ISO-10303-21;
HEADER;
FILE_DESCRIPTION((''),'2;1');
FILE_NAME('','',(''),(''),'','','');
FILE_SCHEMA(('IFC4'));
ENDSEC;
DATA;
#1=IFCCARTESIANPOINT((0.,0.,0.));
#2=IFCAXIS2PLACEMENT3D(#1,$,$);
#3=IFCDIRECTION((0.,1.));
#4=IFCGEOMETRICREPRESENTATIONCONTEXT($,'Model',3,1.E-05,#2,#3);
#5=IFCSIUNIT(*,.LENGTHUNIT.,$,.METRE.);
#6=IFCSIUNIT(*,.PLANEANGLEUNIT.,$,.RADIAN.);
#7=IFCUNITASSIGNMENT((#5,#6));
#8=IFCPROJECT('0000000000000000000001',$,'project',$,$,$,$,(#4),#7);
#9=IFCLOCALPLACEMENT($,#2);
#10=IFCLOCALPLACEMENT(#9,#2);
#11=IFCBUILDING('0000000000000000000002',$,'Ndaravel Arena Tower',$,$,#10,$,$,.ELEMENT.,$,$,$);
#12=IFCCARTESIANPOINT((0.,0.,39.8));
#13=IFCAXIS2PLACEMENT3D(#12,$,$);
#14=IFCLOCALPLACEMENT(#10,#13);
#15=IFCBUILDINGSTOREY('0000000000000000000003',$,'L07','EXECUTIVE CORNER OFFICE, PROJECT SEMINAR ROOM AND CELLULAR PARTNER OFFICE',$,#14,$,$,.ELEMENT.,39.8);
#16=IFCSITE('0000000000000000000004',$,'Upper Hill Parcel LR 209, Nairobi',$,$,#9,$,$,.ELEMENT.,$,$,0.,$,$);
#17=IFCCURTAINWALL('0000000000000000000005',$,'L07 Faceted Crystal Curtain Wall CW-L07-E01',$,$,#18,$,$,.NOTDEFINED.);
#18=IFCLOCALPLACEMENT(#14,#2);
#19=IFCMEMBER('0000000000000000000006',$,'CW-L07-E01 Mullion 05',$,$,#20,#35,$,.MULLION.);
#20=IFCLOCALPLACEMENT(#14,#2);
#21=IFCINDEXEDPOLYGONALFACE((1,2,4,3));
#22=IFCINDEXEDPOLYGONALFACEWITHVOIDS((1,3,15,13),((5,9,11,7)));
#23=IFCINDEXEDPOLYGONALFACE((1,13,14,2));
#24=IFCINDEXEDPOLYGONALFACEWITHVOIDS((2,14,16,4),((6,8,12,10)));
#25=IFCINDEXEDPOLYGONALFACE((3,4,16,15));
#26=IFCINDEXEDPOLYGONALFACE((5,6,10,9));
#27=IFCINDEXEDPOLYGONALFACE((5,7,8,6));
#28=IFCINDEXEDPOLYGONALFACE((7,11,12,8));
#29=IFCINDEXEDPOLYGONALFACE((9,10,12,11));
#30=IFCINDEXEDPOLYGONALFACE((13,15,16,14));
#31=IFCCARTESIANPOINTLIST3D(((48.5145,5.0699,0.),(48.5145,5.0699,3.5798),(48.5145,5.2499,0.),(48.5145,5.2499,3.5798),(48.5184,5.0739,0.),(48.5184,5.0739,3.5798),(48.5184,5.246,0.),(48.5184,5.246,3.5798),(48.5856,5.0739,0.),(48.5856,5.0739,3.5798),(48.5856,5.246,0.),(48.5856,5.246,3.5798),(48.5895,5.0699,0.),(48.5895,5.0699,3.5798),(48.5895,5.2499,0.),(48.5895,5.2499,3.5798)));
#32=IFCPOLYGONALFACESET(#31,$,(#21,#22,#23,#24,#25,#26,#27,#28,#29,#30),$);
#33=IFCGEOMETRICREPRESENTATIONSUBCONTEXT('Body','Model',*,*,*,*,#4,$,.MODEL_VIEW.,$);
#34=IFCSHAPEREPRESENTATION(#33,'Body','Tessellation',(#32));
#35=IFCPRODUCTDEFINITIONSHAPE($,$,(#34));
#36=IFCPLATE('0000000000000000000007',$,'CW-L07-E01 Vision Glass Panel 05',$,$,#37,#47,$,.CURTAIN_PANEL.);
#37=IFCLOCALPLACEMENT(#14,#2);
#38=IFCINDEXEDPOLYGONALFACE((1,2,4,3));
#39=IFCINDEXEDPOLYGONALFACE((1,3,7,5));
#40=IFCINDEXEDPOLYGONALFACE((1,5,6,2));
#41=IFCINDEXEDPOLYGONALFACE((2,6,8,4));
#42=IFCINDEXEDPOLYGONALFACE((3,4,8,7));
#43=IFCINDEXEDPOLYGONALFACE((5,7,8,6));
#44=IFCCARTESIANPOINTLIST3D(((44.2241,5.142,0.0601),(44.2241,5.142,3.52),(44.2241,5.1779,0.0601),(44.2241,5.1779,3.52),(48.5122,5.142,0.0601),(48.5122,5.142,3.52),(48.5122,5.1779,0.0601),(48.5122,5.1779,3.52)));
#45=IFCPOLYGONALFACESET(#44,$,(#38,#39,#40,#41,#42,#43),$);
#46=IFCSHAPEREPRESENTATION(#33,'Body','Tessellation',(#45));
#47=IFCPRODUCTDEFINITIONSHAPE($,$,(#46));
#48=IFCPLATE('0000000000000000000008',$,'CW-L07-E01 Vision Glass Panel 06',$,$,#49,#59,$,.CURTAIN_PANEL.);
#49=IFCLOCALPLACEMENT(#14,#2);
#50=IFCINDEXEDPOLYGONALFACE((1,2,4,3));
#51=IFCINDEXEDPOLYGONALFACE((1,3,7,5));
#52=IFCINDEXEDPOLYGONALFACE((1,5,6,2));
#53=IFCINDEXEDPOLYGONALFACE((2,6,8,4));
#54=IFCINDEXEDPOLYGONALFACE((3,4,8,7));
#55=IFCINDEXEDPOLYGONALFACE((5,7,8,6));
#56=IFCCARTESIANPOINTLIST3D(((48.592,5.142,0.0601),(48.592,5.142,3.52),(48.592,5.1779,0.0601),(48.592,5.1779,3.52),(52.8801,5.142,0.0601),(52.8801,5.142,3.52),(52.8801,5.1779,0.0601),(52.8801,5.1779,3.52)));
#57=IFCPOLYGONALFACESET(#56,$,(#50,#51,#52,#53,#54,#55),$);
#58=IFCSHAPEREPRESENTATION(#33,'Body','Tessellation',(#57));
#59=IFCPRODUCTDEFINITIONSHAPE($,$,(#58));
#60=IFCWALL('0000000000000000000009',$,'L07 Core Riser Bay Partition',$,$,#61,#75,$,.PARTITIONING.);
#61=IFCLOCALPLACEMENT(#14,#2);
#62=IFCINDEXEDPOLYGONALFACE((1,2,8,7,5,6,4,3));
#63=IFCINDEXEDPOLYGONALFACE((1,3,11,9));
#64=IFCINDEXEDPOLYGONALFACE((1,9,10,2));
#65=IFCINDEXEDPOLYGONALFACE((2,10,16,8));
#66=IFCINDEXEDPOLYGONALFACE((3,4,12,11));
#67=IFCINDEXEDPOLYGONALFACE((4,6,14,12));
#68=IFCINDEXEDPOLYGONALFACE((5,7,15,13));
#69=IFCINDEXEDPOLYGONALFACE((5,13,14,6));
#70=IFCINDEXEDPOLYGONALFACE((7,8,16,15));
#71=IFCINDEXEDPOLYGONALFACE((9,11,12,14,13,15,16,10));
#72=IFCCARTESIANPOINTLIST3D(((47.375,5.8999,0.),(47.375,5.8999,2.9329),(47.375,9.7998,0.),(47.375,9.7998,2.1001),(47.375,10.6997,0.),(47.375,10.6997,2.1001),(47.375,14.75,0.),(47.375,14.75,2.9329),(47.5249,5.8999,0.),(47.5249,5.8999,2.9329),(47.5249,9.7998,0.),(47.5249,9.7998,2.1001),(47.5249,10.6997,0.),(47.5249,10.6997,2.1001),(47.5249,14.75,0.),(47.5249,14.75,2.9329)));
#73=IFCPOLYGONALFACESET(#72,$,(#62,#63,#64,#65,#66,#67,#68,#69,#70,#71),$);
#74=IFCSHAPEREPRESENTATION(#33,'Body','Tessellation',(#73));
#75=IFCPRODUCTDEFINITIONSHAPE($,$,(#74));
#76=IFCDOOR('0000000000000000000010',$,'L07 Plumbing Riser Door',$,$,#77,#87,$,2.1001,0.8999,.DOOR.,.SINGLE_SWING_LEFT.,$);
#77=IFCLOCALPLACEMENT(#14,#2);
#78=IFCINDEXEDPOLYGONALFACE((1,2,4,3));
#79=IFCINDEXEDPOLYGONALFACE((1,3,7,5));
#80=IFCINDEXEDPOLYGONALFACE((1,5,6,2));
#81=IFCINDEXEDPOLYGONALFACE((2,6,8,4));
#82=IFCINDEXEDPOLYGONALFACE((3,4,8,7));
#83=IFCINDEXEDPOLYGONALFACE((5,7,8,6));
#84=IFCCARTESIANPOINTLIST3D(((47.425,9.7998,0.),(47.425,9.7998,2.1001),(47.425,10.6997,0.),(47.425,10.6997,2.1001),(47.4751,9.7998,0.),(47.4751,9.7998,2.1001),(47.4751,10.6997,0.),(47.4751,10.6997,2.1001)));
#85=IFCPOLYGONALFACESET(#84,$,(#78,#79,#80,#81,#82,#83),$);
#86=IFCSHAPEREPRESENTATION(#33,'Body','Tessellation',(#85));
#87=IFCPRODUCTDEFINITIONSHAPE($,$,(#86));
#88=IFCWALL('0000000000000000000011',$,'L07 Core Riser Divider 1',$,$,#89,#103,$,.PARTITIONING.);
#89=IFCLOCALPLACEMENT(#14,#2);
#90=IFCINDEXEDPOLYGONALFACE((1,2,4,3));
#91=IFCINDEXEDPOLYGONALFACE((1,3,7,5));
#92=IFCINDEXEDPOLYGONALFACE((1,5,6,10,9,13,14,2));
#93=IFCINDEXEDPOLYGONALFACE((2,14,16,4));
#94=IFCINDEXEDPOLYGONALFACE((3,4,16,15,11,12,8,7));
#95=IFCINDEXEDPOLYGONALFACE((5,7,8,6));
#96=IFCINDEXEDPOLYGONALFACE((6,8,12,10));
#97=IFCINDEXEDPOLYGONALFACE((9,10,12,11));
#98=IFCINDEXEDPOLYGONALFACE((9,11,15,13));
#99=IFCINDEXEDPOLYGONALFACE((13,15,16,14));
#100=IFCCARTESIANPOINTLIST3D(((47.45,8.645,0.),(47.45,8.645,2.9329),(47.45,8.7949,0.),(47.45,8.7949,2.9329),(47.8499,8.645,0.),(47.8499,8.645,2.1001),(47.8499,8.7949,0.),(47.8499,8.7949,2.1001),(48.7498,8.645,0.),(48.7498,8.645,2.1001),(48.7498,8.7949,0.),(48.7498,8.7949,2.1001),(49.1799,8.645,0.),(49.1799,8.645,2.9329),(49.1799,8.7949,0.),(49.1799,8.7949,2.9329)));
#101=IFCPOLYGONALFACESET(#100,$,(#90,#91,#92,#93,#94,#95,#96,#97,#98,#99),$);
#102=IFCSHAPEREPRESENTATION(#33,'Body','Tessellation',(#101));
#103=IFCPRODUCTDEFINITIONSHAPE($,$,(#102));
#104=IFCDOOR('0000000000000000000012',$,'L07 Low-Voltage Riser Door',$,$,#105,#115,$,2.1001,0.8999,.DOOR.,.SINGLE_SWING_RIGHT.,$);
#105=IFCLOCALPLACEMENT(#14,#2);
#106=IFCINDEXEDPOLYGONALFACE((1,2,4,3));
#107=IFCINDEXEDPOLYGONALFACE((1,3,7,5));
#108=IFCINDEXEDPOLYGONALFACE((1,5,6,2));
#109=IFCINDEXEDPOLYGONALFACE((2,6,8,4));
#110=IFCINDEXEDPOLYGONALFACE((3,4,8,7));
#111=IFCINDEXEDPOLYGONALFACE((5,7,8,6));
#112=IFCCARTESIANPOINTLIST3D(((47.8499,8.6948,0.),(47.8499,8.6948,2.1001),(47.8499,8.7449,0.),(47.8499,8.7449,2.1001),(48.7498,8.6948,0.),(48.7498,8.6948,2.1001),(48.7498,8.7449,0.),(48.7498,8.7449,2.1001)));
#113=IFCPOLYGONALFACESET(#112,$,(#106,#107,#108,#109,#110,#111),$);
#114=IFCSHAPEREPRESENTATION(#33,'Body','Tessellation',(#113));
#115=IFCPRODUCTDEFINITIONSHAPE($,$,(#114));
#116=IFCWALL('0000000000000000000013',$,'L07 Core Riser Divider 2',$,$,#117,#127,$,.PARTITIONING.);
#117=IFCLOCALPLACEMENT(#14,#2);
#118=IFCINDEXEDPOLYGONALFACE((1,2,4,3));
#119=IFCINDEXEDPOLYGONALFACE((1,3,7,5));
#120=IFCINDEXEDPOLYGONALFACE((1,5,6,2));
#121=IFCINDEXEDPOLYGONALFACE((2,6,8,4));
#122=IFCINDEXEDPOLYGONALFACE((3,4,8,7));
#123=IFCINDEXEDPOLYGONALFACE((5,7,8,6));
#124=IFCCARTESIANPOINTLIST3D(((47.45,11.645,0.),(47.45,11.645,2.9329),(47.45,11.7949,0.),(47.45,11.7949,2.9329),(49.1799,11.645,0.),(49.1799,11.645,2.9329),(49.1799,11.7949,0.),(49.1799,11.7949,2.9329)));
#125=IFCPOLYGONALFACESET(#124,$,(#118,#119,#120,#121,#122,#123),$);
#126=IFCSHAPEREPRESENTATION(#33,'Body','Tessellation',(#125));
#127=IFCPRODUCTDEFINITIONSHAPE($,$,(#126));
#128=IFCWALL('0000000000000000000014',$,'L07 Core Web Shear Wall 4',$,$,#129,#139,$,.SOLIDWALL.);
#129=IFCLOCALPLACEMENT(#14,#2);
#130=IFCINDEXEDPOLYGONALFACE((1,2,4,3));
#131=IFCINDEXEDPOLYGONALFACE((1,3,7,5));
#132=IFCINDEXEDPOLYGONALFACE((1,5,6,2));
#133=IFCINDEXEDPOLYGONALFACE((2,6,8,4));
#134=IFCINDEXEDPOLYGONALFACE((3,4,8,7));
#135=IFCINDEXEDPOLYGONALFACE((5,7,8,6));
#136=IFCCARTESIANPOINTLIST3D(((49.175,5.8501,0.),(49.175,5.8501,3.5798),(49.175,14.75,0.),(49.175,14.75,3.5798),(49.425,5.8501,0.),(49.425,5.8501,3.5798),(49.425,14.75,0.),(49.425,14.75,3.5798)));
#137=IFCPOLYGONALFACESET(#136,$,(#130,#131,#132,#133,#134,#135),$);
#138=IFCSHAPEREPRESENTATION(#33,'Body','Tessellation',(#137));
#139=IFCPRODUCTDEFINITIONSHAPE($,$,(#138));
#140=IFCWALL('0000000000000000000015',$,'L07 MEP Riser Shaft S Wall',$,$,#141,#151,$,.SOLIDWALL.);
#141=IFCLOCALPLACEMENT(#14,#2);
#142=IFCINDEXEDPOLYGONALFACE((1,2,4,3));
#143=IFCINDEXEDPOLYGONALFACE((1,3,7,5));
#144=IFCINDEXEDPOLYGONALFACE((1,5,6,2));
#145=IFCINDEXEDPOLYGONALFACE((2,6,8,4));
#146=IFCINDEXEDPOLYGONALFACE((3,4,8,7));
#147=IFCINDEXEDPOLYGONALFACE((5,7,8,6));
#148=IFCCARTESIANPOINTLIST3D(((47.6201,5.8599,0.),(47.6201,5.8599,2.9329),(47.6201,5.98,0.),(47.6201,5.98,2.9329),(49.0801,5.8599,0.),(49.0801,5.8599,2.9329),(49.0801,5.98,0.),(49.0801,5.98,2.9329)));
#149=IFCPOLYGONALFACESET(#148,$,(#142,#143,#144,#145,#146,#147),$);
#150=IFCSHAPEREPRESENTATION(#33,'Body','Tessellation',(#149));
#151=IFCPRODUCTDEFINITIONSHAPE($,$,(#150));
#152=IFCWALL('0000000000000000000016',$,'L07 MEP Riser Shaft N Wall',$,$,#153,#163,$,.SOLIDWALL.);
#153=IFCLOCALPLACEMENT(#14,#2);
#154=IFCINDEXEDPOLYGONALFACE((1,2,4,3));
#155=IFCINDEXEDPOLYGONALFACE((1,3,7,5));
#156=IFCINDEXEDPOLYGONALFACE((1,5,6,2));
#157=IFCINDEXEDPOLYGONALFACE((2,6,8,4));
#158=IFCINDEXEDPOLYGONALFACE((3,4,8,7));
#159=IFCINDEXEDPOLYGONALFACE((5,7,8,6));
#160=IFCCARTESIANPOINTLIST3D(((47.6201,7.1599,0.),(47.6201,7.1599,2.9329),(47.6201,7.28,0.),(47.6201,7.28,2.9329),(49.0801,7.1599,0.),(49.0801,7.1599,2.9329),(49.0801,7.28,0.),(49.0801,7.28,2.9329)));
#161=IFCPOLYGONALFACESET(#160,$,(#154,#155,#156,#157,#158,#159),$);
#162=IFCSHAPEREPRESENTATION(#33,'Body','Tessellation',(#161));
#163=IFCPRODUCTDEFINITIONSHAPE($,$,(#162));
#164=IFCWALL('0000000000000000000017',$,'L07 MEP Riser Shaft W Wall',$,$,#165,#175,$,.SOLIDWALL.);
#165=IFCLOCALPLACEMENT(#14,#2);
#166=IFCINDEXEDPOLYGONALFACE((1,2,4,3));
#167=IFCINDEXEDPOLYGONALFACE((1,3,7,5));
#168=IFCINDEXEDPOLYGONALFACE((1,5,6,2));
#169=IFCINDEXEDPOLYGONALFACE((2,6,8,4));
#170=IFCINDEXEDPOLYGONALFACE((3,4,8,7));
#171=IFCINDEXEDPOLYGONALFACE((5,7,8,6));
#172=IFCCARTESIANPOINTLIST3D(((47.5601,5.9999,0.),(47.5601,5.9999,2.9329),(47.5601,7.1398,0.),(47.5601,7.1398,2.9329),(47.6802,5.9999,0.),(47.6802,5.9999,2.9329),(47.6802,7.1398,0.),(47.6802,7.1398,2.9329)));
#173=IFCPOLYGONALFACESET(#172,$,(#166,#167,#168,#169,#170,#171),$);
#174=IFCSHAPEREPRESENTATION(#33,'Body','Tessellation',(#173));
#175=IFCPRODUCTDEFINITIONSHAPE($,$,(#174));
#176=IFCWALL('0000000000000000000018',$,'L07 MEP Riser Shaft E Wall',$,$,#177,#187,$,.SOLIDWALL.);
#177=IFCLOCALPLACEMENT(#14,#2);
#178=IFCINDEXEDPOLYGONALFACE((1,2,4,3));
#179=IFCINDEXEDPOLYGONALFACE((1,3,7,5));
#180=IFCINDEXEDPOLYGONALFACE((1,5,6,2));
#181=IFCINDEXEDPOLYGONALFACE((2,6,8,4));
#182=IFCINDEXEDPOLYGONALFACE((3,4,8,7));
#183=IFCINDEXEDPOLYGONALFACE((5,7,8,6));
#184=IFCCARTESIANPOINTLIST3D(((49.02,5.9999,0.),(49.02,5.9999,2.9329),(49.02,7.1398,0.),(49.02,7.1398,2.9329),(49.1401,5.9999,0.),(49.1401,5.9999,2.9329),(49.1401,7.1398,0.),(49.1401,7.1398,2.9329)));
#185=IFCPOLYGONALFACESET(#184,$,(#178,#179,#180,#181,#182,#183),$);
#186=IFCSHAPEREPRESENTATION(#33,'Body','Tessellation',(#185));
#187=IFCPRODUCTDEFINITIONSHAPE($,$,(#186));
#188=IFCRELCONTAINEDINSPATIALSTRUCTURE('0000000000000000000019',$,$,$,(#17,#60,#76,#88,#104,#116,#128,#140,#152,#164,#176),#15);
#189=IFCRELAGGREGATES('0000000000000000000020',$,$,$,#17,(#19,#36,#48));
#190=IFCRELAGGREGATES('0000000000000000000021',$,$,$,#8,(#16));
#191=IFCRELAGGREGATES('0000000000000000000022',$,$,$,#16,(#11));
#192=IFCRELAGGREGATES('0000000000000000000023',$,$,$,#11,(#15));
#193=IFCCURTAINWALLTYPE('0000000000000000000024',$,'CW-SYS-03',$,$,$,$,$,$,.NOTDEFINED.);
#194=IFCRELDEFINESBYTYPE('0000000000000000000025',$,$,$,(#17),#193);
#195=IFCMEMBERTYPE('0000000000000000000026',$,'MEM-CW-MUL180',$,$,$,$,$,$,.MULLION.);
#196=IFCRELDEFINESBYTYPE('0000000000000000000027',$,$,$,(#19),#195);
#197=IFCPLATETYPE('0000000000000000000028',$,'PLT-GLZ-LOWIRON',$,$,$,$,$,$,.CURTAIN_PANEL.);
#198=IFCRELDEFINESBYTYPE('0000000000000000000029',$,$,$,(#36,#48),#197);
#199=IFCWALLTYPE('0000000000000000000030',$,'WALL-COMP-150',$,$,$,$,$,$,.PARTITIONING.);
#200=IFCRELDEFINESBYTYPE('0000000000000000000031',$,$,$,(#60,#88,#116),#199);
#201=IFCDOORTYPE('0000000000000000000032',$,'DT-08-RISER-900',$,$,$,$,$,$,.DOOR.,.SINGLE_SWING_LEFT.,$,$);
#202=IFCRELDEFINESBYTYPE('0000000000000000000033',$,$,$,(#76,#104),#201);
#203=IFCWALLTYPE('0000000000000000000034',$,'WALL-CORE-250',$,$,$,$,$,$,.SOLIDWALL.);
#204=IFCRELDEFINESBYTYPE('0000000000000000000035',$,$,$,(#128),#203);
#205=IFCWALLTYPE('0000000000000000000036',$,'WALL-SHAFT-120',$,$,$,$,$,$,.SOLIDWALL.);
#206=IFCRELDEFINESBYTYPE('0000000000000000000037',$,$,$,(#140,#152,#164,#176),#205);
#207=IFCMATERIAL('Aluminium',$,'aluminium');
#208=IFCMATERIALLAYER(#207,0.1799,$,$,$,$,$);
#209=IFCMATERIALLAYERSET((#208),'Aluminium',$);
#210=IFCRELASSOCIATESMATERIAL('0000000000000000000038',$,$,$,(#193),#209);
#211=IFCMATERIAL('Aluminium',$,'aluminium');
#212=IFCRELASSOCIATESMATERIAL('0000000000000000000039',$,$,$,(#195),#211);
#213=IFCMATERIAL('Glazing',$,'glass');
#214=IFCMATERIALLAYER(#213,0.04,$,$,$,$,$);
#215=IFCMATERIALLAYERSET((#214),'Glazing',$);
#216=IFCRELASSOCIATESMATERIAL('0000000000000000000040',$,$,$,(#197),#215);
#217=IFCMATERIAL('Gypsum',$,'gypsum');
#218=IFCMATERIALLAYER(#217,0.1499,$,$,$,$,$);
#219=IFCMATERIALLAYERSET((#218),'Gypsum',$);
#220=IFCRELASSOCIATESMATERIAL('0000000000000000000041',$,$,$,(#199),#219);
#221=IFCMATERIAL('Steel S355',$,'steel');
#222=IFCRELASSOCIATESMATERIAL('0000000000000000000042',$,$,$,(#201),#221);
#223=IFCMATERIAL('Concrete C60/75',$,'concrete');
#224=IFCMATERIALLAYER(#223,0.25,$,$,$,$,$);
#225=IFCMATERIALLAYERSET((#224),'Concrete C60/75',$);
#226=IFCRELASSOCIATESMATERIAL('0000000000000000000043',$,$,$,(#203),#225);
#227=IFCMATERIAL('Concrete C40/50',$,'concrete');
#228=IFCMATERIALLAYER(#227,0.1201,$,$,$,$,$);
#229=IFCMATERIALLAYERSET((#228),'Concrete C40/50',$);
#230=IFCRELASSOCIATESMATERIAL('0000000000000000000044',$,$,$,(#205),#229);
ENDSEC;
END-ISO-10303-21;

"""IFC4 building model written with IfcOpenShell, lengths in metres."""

from ifc_helpers import new_model, si_unit, direction, frame, frame_2d, origin, origin_2d, place, context, subcontext, project, spatial, rectangle, hollow_rectangle, extrude, material, layer, layer_set, material_profile, profile_set, type_object, element, fill, aggregate, save


model = new_model("IFC4")

# Units and contexts
model_context = context("Model", 3, precision=1e-05, world=origin(), true_north=direction((0.0, 1.0)))
body_context = subcontext(model_context, "Body", "Model", "MODEL_VIEW")
ifc_project = project(units=[si_unit("LENGTHUNIT", "METRE"), si_unit("PLANEANGLEUNIT", "RADIAN")], contexts=[model_context])

# Site, building, storey
site_placement = place(None, origin())
site = spatial("IfcSite", under=ifc_project, at=site_placement, Name="Upper Hill Parcel LR 209, Nairobi", CompositionType="ELEMENT", RefElevation=0.0)
building_placement = place(site_placement, origin())
building = spatial("IfcBuilding", under=site, at=building_placement, Name="Ndaravel Arena Tower", CompositionType="ELEMENT")
storey_placement = place(building_placement, frame((0.0, 0.0, 39.8)))
storey = spatial("IfcBuildingStorey", under=building, at=storey_placement, Name="L07", Description="EXECUTIVE CORNER OFFICE, PROJECT SEMINAR ROOM AND CELLULAR PARTNER OFFICE", CompositionType="ELEMENT", Elevation=39.8)

# Curtain wall, member, plates
ifc_material_1 = material(Name="Aluminium", Category="aluminium")
ifc_layer_1 = layer(ifc_material_1, 0.1799)
ifc_layer_set_1 = layer_set([ifc_layer_1], Name="Aluminium")
curtain_wall_type = type_object("IfcCurtainWallType", Name="CW-SYS-03", PredefinedType="NOTDEFINED", material=ifc_layer_set_1)
curtain_wall_placement = place(storey_placement, origin())
curtain_wall = element("IfcCurtainWall", 1, at=curtain_wall_placement, inside=storey, type_object=curtain_wall_type, Name="L07 Faceted Crystal Curtain Wall CW-L07-E01", PredefinedType="NOTDEFINED")
ifc_material_2 = material(Name="Aluminium", Category="aluminium")
ifc_material_profile = material_profile(ifc_material_2, hollow_rectangle(XDim=0.075, YDim=0.1799, WallThickness=0.0039, at=origin_2d()), Name="CW MULLION 75x180x4")
ifc_profile_set = profile_set([ifc_material_profile], Name="Aluminium")
member_type = type_object("IfcMemberType", Name="MEM-CW-MUL180", PredefinedType="MULLION", material=ifc_profile_set)
member_placement = place(storey_placement, frame((48.552, 5.1599, 0.0), z_axis=(0.0, 0.0, 1.0), x_axis=(1.0, 0.0, 0.0)))
member = element("IfcMember", 2, at=member_placement, type_object=member_type, Name="CW-L07-E01 Mullion 05", PredefinedType="MULLION", context=body_context, shape_type="SweptSolid", body=[
    extrude(hollow_rectangle(XDim=0.075, YDim=0.1799, WallThickness=0.0039, at=origin_2d()), origin(), (0.0, 0.0, 1.0), 3.5798),
])
ifc_material_3 = material(Name="Glazing", Category="glass")
ifc_layer_2 = layer(ifc_material_3, 0.04)
ifc_layer_set_2 = layer_set([ifc_layer_2], Name="Glazing")
plate_type = type_object("IfcPlateType", Name="PLT-GLZ-LOWIRON", PredefinedType="CURTAIN_PANEL", material=ifc_layer_set_2)
plate_1_placement = place(storey_placement, frame((46.3682, 5.1599, 0.0601), z_axis=(0.0, 0.0, 1.0), x_axis=(1.0, 0.0, 0.0)))
plate_1 = element("IfcPlate", 3, at=plate_1_placement, type_object=plate_type, Name="CW-L07-E01 Vision Glass Panel 05", PredefinedType="CURTAIN_PANEL", context=body_context, shape_type="SweptSolid", body=[
    extrude(rectangle(XDim=4.2881, YDim=0.0359, at=origin_2d()), origin(), (0.0, 0.0, 1.0), 3.46),
])
plate_2_placement = place(storey_placement, frame((50.7361, 5.1599, 0.0601), z_axis=(0.0, 0.0, 1.0), x_axis=(1.0, 0.0, 0.0)))
plate_2 = element("IfcPlate", 4, at=plate_2_placement, type_object=plate_type, Name="CW-L07-E01 Vision Glass Panel 06", PredefinedType="CURTAIN_PANEL", context=body_context, shape_type="SweptSolid", body=[
    extrude(rectangle(XDim=4.2881, YDim=0.0359, at=origin_2d()), origin(), (0.0, 0.0, 1.0), 3.46),
])
aggregate(curtain_wall, [member, plate_1, plate_2])

# Walls, openings, doors
ifc_material_4 = material(Name="Gypsum", Category="gypsum")
ifc_layer_3 = layer(ifc_material_4, 0.1499)
ifc_layer_set_3 = layer_set([ifc_layer_3], Name="Gypsum")
wall_type_1 = type_object("IfcWallType", Name="WALL-COMP-150", PredefinedType="PARTITIONING", material=ifc_layer_set_3)
wall_1_placement = place(storey_placement, frame((47.45, 5.8999, 0.0), z_axis=(0.0, 0.0, 1.0), x_axis=(0.0, 1.0, 0.0)))
wall_1 = element("IfcWall", 5, at=wall_1_placement, inside=storey, type_object=wall_type_1, Name="L07 Core Riser Bay Partition", PredefinedType="PARTITIONING", context=body_context, shape_type="SweptSolid", body=[
    extrude(rectangle(XDim=8.8501, YDim=0.1499, at=frame_2d((4.425, 0.0))), origin(), (0.0, 0.0, 1.0), 2.9329),
])
opening_1_placement = place(wall_1_placement, frame((3.8999, 0.0, 0.0)))
opening_1 = element("IfcOpeningElement", 6, at=opening_1_placement, cuts=wall_1, PredefinedType="OPENING", context=body_context, shape_type="SweptSolid", body=[
    extrude(rectangle(XDim=0.8999, YDim=2.1001, at=frame_2d((0.45, 1.05))), frame((0.0, 0.075, 0.0), z_axis=(0.0, -1.0, 0.0), x_axis=(1.0, 0.0, 0.0)), (0.0, 0.0, 1.0), 0.1499),
])
ifc_material_5 = material(Name="Steel S355", Category="steel")
door_type_1 = type_object("IfcDoorType", Name="DT-08-RISER-900", OperationType="SINGLE_SWING_LEFT", PredefinedType="DOOR", material=ifc_material_5)
door_1_placement = place(opening_1_placement, origin())
door_1 = element("IfcDoor", 7, at=door_1_placement, inside=storey, type_object=door_type_1, Name="L07 Plumbing Riser Door", OperationType="SINGLE_SWING_LEFT", OverallHeight=2.1001, OverallWidth=0.8999, PredefinedType="DOOR", context=body_context, shape_type="SweptSolid", body=[
    extrude(rectangle(XDim=0.8999, YDim=2.1001, at=frame_2d((0.45, 1.05))), frame((0.0, 0.0249, 0.0), z_axis=(0.0, -1.0, 0.0), x_axis=(1.0, 0.0, 0.0)), (0.0, 0.0, 1.0), 0.05),
])
fill(opening_1, door_1)
wall_2_placement = place(storey_placement, frame((47.45, 8.72, 0.0), z_axis=(0.0, 0.0, 1.0), x_axis=(1.0, 0.0, 0.0)))
wall_2 = element("IfcWall", 8, at=wall_2_placement, inside=storey, type_object=wall_type_1, Name="L07 Core Riser Divider 1", PredefinedType="PARTITIONING", context=body_context, shape_type="SweptSolid", body=[
    extrude(rectangle(XDim=1.73, YDim=0.1499, at=frame_2d((0.865, 0.0))), origin(), (0.0, 0.0, 1.0), 2.9329),
])
opening_2_placement = place(wall_2_placement, frame((0.3999, 0.0, 0.0)))
opening_2 = element("IfcOpeningElement", 9, at=opening_2_placement, cuts=wall_2, PredefinedType="OPENING", context=body_context, shape_type="SweptSolid", body=[
    extrude(rectangle(XDim=0.8999, YDim=2.1001, at=frame_2d((0.45, 1.05))), frame((0.0, 0.075, 0.0), z_axis=(0.0, -1.0, 0.0), x_axis=(1.0, 0.0, 0.0)), (0.0, 0.0, 1.0), 0.1499),
])
door_2_placement = place(opening_2_placement, origin())
door_2 = element("IfcDoor", 10, at=door_2_placement, inside=storey, type_object=door_type_1, Name="L07 Low-Voltage Riser Door", OperationType="SINGLE_SWING_RIGHT", OverallHeight=2.1001, OverallWidth=0.8999, PredefinedType="DOOR", context=body_context, shape_type="SweptSolid", body=[
    extrude(rectangle(XDim=0.8999, YDim=2.1001, at=frame_2d((0.45, 1.05))), frame((0.0, 0.0249, 0.0), z_axis=(0.0, -1.0, 0.0), x_axis=(1.0, 0.0, 0.0)), (0.0, 0.0, 1.0), 0.05),
])
fill(opening_2, door_2)

# Walls
wall_3_placement = place(storey_placement, frame((47.45, 11.72, 0.0), z_axis=(0.0, 0.0, 1.0), x_axis=(1.0, 0.0, 0.0)))
element("IfcWall", 11, at=wall_3_placement, inside=storey, type_object=wall_type_1, Name="L07 Core Riser Divider 2", PredefinedType="PARTITIONING", context=body_context, shape_type="SweptSolid", body=[
    extrude(rectangle(XDim=1.73, YDim=0.1499, at=frame_2d((0.865, 0.0))), origin(), (0.0, 0.0, 1.0), 2.9329),
])
ifc_material_6 = material(Name="Concrete C60/75", Category="concrete")
ifc_layer_4 = layer(ifc_material_6, 0.25)
ifc_layer_set_4 = layer_set([ifc_layer_4], Name="Concrete C60/75")
wall_type_2 = type_object("IfcWallType", Name="WALL-CORE-250", PredefinedType="SOLIDWALL", material=ifc_layer_set_4)
wall_4_placement = place(storey_placement, frame((49.3, 5.8501, 0.0), z_axis=(0.0, 0.0, 1.0), x_axis=(0.0, 1.0, 0.0)))
element("IfcWall", 12, at=wall_4_placement, inside=storey, type_object=wall_type_2, Name="L07 Core Web Shear Wall 4", PredefinedType="SOLIDWALL", context=body_context, shape_type="SweptSolid", body=[
    extrude(rectangle(XDim=8.8999, YDim=0.25, at=frame_2d((4.45, 0.0))), origin(), (0.0, 0.0, 1.0), 3.5798),
])
ifc_material_7 = material(Name="Concrete C40/50", Category="concrete")
ifc_layer_5 = layer(ifc_material_7, 0.1201)
ifc_layer_set_5 = layer_set([ifc_layer_5], Name="Concrete C40/50")
wall_type_3 = type_object("IfcWallType", Name="WALL-SHAFT-120", PredefinedType="SOLIDWALL", material=ifc_layer_set_5)
for number, where, z_axis, x_axis, name in (
    (13, (47.6201, 5.9199, 0.0), (0.0, 0.0, 1.0), (1.0, 0.0, 0.0), "L07 MEP Riser Shaft S Wall"),
    (14, (47.6201, 7.22, 0.0), (0.0, 0.0, 1.0), (1.0, 0.0, 0.0), "L07 MEP Riser Shaft N Wall"),
):
    element("IfcWall", number, at=place(storey_placement, frame(where, z_axis=z_axis, x_axis=x_axis)), inside=storey, type_object=wall_type_3, Name=name, PredefinedType="SOLIDWALL", context=body_context, shape_type="SweptSolid", body=[
        extrude(rectangle(XDim=1.46, YDim=0.1201, at=frame_2d((0.73, 0.0))), origin(), (0.0, 0.0, 1.0), 2.9329),
    ])
for number, where, z_axis, x_axis, name in (
    (15, (47.6201, 6.0, 0.0), (0.0, 0.0, 1.0), (0.0, 1.0, 0.0), "L07 MEP Riser Shaft W Wall"),
    (16, (49.0801, 6.0, 0.0), (0.0, 0.0, 1.0), (0.0, 1.0, 0.0), "L07 MEP Riser Shaft E Wall"),
):
    element("IfcWall", number, at=place(storey_placement, frame(where, z_axis=z_axis, x_axis=x_axis)), inside=storey, type_object=wall_type_3, Name=name, PredefinedType="SOLIDWALL", context=body_context, shape_type="SweptSolid", body=[
        extrude(rectangle(XDim=1.1399, YDim=0.1201, at=frame_2d((0.5698, 0.0))), origin(), (0.0, 0.0, 1.0), 2.9329),
    ])

save(model, "model.ifc")
